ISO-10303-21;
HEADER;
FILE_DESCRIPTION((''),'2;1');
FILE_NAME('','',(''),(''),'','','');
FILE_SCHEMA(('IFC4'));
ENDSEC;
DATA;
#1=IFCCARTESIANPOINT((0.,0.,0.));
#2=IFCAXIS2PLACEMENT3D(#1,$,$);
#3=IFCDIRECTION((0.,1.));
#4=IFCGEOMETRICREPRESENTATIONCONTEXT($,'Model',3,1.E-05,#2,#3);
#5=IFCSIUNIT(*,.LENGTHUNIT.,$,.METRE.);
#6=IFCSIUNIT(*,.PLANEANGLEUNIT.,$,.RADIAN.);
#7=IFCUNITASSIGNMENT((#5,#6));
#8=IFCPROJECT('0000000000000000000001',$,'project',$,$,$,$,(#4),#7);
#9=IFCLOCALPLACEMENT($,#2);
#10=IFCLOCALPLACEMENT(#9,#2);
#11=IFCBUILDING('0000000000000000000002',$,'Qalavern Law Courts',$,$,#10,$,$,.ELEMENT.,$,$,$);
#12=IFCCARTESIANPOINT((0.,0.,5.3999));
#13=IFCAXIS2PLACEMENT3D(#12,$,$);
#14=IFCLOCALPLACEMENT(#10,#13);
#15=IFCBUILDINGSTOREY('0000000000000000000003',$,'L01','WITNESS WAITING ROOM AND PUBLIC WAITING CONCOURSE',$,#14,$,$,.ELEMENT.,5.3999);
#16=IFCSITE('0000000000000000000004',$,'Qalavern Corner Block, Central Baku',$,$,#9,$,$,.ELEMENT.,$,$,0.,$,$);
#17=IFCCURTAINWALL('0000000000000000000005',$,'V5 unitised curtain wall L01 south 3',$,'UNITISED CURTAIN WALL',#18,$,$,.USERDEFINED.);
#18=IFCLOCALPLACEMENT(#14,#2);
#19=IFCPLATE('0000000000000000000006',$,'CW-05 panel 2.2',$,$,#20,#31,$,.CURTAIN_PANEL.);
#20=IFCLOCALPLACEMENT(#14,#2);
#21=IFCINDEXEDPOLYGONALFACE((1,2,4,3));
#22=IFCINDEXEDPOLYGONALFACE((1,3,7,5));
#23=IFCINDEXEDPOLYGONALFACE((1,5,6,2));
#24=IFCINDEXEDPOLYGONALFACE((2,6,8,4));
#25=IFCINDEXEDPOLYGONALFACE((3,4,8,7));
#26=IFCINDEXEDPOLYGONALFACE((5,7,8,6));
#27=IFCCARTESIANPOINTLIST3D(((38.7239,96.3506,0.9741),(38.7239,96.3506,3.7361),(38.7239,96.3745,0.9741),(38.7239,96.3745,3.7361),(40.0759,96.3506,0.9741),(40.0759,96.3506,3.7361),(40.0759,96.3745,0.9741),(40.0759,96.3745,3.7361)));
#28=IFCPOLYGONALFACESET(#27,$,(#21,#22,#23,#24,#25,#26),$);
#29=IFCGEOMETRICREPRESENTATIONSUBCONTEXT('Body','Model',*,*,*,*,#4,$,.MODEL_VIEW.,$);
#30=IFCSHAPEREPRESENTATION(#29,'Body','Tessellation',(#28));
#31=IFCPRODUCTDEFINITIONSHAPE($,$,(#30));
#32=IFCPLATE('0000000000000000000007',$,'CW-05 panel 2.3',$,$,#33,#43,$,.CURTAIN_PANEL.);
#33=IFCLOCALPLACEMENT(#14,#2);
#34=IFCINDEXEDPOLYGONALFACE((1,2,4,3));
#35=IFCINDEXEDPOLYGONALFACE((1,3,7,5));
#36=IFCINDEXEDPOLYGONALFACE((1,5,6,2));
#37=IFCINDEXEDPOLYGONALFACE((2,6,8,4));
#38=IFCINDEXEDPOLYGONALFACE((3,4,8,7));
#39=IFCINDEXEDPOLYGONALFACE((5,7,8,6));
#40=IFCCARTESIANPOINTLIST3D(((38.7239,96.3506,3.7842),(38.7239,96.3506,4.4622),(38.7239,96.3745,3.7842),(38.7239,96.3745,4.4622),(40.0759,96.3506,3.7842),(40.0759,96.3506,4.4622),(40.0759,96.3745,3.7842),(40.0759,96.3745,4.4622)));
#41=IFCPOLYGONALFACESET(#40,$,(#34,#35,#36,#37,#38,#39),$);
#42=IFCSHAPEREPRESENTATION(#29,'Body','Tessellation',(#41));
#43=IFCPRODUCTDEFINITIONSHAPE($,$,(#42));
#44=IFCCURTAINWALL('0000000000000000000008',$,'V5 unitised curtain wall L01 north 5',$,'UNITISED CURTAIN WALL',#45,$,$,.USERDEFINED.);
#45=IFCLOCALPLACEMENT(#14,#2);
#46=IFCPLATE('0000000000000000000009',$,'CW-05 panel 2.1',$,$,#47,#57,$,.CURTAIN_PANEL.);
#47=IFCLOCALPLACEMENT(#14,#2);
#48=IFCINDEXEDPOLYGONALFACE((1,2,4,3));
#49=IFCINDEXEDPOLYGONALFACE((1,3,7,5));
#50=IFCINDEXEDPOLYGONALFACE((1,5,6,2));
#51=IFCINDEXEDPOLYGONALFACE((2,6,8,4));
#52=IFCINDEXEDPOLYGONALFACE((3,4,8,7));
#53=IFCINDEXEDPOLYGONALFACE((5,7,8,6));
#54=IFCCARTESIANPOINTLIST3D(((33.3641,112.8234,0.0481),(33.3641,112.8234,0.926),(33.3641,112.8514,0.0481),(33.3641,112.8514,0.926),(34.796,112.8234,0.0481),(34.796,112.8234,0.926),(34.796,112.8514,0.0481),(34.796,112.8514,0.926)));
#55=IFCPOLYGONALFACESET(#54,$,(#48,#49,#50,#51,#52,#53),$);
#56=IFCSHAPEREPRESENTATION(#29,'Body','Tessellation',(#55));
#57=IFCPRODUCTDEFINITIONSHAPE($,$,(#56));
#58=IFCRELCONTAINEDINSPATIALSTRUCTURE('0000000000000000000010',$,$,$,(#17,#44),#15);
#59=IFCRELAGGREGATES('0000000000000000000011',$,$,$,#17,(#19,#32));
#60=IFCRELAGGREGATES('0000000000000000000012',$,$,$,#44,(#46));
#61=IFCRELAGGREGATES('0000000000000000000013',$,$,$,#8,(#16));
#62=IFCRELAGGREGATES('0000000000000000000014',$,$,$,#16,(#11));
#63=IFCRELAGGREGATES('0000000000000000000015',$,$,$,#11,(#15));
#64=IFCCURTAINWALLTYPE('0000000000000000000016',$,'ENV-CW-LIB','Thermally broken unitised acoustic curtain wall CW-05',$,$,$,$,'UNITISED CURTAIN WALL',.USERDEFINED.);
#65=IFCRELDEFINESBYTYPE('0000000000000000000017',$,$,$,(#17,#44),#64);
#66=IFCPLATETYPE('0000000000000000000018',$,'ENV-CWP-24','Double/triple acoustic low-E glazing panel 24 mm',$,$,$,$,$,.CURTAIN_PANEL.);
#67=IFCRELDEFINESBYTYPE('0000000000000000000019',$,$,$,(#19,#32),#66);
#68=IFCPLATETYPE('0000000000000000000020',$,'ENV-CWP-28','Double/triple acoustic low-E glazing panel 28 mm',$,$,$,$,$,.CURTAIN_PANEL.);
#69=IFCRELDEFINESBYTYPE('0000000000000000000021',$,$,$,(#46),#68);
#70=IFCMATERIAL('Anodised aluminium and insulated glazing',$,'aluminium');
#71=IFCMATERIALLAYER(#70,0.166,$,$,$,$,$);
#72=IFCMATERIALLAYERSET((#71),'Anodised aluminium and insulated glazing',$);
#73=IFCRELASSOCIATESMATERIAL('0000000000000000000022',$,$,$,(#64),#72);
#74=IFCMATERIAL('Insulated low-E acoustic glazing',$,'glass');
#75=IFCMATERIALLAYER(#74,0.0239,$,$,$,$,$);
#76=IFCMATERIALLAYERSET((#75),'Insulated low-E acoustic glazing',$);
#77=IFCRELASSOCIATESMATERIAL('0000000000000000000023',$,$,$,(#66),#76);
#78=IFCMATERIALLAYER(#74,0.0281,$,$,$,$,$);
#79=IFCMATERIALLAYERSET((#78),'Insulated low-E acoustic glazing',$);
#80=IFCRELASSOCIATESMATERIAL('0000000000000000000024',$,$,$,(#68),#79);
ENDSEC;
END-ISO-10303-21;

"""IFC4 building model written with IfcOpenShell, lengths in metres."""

from ifc_helpers import new_model, si_unit, direction, frame, origin, origin_2d, place, context, subcontext, project, spatial, rectangle, extrude, material, layer, layer_set, type_object, element, aggregate, save


model = new_model("IFC4")

# Units and contexts
model_context = context("Model", 3, precision=1e-05, world=origin(), true_north=direction((0.0, 1.0)))
body_context = subcontext(model_context, "Body", "Model", "MODEL_VIEW")
ifc_project = project(units=[si_unit("LENGTHUNIT", "METRE"), si_unit("PLANEANGLEUNIT", "RADIAN")], contexts=[model_context])

# Site, building, storey
site_placement = place(None, origin())
site = spatial("IfcSite", under=ifc_project, at=site_placement, Name="Qalavern Corner Block, Central Baku", CompositionType="ELEMENT", RefElevation=0.0)
building_placement = place(site_placement, origin())
building = spatial("IfcBuilding", under=site, at=building_placement, Name="Qalavern Law Courts", CompositionType="ELEMENT")
storey_placement = place(building_placement, frame((0.0, 0.0, 5.3999)))
storey = spatial("IfcBuildingStorey", under=building, at=storey_placement, Name="L01", Description="WITNESS WAITING ROOM AND PUBLIC WAITING CONCOURSE", CompositionType="ELEMENT", Elevation=5.3999)

# Curtain wall
ifc_material_1 = material(Name="Anodised aluminium and insulated glazing", Category="aluminium")
ifc_layer_1 = layer(ifc_material_1, 0.166)
ifc_layer_set_1 = layer_set([ifc_layer_1], Name="Anodised aluminium and insulated glazing")
curtain_wall_type = type_object("IfcCurtainWallType", Name="ENV-CW-LIB", Description="Thermally broken unitised acoustic curtain wall CW-05", ElementType="UNITISED CURTAIN WALL", PredefinedType="USERDEFINED", material=ifc_layer_set_1)
curtain_wall_1_placement = place(storey_placement, origin())
curtain_wall_1 = element("IfcCurtainWall", 1, at=curtain_wall_1_placement, inside=storey, type_object=curtain_wall_type, Name="V5 unitised curtain wall L01 south 3", ObjectType="UNITISED CURTAIN WALL", PredefinedType="USERDEFINED")

# Plates
ifc_material_2 = material(Name="Insulated low-E acoustic glazing", Category="glass")
ifc_layer_2 = layer(ifc_material_2, 0.0239)
ifc_layer_set_2 = layer_set([ifc_layer_2], Name="Insulated low-E acoustic glazing")
plate_type_1 = type_object("IfcPlateType", Name="ENV-CWP-24", Description="Double/triple acoustic low-E glazing panel 24 mm", PredefinedType="CURTAIN_PANEL", material=ifc_layer_set_2)
plate_1_placement = place(storey_placement, frame((39.3999, 96.3625, 0.9741), z_axis=(0.0, 0.0, 1.0), x_axis=(1.0, 0.0, 0.0)))
plate_1 = element("IfcPlate", 2, at=plate_1_placement, type_object=plate_type_1, Name="CW-05 panel 2.2", PredefinedType="CURTAIN_PANEL", context=body_context, shape_type="SweptSolid", body=[
    extrude(rectangle(XDim=1.3521, YDim=0.0239, at=origin_2d()), origin(), (0.0, 0.0, 1.0), 2.762),
])
plate_2_placement = place(storey_placement, frame((39.3999, 96.3625, 3.7842), z_axis=(0.0, 0.0, 1.0), x_axis=(1.0, 0.0, 0.0)))
plate_2 = element("IfcPlate", 3, at=plate_2_placement, type_object=plate_type_1, Name="CW-05 panel 2.3", PredefinedType="CURTAIN_PANEL", context=body_context, shape_type="SweptSolid", body=[
    extrude(rectangle(XDim=1.3521, YDim=0.0239, at=origin_2d()), origin(), (0.0, 0.0, 1.0), 0.678),
])
aggregate(curtain_wall_1, [plate_1, plate_2])

# Curtain wall, plate
curtain_wall_2_placement = place(storey_placement, origin())
curtain_wall_2 = element("IfcCurtainWall", 4, at=curtain_wall_2_placement, inside=storey, type_object=curtain_wall_type, Name="V5 unitised curtain wall L01 north 5", ObjectType="UNITISED CURTAIN WALL", PredefinedType="USERDEFINED")
ifc_layer_3 = layer(ifc_material_2, 0.0281)
ifc_layer_set_3 = layer_set([ifc_layer_3], Name="Insulated low-E acoustic glazing")
plate_type_2 = type_object("IfcPlateType", Name="ENV-CWP-28", Description="Double/triple acoustic low-E glazing panel 28 mm", PredefinedType="CURTAIN_PANEL", material=ifc_layer_set_3)
plate_3_placement = place(storey_placement, frame((34.0801, 112.8374, 0.0481), z_axis=(0.0, 0.0, 1.0), x_axis=(-1.0, 0.0, 0.0)))
plate_3 = element("IfcPlate", 5, at=plate_3_placement, type_object=plate_type_2, Name="CW-05 panel 2.1", PredefinedType="CURTAIN_PANEL", context=body_context, shape_type="SweptSolid", body=[
    extrude(rectangle(XDim=1.4319, YDim=0.0281, at=origin_2d()), origin(), (0.0, 0.0, 1.0), 0.8779),
])
aggregate(curtain_wall_2, [plate_3])

save(model, "model.ifc")
